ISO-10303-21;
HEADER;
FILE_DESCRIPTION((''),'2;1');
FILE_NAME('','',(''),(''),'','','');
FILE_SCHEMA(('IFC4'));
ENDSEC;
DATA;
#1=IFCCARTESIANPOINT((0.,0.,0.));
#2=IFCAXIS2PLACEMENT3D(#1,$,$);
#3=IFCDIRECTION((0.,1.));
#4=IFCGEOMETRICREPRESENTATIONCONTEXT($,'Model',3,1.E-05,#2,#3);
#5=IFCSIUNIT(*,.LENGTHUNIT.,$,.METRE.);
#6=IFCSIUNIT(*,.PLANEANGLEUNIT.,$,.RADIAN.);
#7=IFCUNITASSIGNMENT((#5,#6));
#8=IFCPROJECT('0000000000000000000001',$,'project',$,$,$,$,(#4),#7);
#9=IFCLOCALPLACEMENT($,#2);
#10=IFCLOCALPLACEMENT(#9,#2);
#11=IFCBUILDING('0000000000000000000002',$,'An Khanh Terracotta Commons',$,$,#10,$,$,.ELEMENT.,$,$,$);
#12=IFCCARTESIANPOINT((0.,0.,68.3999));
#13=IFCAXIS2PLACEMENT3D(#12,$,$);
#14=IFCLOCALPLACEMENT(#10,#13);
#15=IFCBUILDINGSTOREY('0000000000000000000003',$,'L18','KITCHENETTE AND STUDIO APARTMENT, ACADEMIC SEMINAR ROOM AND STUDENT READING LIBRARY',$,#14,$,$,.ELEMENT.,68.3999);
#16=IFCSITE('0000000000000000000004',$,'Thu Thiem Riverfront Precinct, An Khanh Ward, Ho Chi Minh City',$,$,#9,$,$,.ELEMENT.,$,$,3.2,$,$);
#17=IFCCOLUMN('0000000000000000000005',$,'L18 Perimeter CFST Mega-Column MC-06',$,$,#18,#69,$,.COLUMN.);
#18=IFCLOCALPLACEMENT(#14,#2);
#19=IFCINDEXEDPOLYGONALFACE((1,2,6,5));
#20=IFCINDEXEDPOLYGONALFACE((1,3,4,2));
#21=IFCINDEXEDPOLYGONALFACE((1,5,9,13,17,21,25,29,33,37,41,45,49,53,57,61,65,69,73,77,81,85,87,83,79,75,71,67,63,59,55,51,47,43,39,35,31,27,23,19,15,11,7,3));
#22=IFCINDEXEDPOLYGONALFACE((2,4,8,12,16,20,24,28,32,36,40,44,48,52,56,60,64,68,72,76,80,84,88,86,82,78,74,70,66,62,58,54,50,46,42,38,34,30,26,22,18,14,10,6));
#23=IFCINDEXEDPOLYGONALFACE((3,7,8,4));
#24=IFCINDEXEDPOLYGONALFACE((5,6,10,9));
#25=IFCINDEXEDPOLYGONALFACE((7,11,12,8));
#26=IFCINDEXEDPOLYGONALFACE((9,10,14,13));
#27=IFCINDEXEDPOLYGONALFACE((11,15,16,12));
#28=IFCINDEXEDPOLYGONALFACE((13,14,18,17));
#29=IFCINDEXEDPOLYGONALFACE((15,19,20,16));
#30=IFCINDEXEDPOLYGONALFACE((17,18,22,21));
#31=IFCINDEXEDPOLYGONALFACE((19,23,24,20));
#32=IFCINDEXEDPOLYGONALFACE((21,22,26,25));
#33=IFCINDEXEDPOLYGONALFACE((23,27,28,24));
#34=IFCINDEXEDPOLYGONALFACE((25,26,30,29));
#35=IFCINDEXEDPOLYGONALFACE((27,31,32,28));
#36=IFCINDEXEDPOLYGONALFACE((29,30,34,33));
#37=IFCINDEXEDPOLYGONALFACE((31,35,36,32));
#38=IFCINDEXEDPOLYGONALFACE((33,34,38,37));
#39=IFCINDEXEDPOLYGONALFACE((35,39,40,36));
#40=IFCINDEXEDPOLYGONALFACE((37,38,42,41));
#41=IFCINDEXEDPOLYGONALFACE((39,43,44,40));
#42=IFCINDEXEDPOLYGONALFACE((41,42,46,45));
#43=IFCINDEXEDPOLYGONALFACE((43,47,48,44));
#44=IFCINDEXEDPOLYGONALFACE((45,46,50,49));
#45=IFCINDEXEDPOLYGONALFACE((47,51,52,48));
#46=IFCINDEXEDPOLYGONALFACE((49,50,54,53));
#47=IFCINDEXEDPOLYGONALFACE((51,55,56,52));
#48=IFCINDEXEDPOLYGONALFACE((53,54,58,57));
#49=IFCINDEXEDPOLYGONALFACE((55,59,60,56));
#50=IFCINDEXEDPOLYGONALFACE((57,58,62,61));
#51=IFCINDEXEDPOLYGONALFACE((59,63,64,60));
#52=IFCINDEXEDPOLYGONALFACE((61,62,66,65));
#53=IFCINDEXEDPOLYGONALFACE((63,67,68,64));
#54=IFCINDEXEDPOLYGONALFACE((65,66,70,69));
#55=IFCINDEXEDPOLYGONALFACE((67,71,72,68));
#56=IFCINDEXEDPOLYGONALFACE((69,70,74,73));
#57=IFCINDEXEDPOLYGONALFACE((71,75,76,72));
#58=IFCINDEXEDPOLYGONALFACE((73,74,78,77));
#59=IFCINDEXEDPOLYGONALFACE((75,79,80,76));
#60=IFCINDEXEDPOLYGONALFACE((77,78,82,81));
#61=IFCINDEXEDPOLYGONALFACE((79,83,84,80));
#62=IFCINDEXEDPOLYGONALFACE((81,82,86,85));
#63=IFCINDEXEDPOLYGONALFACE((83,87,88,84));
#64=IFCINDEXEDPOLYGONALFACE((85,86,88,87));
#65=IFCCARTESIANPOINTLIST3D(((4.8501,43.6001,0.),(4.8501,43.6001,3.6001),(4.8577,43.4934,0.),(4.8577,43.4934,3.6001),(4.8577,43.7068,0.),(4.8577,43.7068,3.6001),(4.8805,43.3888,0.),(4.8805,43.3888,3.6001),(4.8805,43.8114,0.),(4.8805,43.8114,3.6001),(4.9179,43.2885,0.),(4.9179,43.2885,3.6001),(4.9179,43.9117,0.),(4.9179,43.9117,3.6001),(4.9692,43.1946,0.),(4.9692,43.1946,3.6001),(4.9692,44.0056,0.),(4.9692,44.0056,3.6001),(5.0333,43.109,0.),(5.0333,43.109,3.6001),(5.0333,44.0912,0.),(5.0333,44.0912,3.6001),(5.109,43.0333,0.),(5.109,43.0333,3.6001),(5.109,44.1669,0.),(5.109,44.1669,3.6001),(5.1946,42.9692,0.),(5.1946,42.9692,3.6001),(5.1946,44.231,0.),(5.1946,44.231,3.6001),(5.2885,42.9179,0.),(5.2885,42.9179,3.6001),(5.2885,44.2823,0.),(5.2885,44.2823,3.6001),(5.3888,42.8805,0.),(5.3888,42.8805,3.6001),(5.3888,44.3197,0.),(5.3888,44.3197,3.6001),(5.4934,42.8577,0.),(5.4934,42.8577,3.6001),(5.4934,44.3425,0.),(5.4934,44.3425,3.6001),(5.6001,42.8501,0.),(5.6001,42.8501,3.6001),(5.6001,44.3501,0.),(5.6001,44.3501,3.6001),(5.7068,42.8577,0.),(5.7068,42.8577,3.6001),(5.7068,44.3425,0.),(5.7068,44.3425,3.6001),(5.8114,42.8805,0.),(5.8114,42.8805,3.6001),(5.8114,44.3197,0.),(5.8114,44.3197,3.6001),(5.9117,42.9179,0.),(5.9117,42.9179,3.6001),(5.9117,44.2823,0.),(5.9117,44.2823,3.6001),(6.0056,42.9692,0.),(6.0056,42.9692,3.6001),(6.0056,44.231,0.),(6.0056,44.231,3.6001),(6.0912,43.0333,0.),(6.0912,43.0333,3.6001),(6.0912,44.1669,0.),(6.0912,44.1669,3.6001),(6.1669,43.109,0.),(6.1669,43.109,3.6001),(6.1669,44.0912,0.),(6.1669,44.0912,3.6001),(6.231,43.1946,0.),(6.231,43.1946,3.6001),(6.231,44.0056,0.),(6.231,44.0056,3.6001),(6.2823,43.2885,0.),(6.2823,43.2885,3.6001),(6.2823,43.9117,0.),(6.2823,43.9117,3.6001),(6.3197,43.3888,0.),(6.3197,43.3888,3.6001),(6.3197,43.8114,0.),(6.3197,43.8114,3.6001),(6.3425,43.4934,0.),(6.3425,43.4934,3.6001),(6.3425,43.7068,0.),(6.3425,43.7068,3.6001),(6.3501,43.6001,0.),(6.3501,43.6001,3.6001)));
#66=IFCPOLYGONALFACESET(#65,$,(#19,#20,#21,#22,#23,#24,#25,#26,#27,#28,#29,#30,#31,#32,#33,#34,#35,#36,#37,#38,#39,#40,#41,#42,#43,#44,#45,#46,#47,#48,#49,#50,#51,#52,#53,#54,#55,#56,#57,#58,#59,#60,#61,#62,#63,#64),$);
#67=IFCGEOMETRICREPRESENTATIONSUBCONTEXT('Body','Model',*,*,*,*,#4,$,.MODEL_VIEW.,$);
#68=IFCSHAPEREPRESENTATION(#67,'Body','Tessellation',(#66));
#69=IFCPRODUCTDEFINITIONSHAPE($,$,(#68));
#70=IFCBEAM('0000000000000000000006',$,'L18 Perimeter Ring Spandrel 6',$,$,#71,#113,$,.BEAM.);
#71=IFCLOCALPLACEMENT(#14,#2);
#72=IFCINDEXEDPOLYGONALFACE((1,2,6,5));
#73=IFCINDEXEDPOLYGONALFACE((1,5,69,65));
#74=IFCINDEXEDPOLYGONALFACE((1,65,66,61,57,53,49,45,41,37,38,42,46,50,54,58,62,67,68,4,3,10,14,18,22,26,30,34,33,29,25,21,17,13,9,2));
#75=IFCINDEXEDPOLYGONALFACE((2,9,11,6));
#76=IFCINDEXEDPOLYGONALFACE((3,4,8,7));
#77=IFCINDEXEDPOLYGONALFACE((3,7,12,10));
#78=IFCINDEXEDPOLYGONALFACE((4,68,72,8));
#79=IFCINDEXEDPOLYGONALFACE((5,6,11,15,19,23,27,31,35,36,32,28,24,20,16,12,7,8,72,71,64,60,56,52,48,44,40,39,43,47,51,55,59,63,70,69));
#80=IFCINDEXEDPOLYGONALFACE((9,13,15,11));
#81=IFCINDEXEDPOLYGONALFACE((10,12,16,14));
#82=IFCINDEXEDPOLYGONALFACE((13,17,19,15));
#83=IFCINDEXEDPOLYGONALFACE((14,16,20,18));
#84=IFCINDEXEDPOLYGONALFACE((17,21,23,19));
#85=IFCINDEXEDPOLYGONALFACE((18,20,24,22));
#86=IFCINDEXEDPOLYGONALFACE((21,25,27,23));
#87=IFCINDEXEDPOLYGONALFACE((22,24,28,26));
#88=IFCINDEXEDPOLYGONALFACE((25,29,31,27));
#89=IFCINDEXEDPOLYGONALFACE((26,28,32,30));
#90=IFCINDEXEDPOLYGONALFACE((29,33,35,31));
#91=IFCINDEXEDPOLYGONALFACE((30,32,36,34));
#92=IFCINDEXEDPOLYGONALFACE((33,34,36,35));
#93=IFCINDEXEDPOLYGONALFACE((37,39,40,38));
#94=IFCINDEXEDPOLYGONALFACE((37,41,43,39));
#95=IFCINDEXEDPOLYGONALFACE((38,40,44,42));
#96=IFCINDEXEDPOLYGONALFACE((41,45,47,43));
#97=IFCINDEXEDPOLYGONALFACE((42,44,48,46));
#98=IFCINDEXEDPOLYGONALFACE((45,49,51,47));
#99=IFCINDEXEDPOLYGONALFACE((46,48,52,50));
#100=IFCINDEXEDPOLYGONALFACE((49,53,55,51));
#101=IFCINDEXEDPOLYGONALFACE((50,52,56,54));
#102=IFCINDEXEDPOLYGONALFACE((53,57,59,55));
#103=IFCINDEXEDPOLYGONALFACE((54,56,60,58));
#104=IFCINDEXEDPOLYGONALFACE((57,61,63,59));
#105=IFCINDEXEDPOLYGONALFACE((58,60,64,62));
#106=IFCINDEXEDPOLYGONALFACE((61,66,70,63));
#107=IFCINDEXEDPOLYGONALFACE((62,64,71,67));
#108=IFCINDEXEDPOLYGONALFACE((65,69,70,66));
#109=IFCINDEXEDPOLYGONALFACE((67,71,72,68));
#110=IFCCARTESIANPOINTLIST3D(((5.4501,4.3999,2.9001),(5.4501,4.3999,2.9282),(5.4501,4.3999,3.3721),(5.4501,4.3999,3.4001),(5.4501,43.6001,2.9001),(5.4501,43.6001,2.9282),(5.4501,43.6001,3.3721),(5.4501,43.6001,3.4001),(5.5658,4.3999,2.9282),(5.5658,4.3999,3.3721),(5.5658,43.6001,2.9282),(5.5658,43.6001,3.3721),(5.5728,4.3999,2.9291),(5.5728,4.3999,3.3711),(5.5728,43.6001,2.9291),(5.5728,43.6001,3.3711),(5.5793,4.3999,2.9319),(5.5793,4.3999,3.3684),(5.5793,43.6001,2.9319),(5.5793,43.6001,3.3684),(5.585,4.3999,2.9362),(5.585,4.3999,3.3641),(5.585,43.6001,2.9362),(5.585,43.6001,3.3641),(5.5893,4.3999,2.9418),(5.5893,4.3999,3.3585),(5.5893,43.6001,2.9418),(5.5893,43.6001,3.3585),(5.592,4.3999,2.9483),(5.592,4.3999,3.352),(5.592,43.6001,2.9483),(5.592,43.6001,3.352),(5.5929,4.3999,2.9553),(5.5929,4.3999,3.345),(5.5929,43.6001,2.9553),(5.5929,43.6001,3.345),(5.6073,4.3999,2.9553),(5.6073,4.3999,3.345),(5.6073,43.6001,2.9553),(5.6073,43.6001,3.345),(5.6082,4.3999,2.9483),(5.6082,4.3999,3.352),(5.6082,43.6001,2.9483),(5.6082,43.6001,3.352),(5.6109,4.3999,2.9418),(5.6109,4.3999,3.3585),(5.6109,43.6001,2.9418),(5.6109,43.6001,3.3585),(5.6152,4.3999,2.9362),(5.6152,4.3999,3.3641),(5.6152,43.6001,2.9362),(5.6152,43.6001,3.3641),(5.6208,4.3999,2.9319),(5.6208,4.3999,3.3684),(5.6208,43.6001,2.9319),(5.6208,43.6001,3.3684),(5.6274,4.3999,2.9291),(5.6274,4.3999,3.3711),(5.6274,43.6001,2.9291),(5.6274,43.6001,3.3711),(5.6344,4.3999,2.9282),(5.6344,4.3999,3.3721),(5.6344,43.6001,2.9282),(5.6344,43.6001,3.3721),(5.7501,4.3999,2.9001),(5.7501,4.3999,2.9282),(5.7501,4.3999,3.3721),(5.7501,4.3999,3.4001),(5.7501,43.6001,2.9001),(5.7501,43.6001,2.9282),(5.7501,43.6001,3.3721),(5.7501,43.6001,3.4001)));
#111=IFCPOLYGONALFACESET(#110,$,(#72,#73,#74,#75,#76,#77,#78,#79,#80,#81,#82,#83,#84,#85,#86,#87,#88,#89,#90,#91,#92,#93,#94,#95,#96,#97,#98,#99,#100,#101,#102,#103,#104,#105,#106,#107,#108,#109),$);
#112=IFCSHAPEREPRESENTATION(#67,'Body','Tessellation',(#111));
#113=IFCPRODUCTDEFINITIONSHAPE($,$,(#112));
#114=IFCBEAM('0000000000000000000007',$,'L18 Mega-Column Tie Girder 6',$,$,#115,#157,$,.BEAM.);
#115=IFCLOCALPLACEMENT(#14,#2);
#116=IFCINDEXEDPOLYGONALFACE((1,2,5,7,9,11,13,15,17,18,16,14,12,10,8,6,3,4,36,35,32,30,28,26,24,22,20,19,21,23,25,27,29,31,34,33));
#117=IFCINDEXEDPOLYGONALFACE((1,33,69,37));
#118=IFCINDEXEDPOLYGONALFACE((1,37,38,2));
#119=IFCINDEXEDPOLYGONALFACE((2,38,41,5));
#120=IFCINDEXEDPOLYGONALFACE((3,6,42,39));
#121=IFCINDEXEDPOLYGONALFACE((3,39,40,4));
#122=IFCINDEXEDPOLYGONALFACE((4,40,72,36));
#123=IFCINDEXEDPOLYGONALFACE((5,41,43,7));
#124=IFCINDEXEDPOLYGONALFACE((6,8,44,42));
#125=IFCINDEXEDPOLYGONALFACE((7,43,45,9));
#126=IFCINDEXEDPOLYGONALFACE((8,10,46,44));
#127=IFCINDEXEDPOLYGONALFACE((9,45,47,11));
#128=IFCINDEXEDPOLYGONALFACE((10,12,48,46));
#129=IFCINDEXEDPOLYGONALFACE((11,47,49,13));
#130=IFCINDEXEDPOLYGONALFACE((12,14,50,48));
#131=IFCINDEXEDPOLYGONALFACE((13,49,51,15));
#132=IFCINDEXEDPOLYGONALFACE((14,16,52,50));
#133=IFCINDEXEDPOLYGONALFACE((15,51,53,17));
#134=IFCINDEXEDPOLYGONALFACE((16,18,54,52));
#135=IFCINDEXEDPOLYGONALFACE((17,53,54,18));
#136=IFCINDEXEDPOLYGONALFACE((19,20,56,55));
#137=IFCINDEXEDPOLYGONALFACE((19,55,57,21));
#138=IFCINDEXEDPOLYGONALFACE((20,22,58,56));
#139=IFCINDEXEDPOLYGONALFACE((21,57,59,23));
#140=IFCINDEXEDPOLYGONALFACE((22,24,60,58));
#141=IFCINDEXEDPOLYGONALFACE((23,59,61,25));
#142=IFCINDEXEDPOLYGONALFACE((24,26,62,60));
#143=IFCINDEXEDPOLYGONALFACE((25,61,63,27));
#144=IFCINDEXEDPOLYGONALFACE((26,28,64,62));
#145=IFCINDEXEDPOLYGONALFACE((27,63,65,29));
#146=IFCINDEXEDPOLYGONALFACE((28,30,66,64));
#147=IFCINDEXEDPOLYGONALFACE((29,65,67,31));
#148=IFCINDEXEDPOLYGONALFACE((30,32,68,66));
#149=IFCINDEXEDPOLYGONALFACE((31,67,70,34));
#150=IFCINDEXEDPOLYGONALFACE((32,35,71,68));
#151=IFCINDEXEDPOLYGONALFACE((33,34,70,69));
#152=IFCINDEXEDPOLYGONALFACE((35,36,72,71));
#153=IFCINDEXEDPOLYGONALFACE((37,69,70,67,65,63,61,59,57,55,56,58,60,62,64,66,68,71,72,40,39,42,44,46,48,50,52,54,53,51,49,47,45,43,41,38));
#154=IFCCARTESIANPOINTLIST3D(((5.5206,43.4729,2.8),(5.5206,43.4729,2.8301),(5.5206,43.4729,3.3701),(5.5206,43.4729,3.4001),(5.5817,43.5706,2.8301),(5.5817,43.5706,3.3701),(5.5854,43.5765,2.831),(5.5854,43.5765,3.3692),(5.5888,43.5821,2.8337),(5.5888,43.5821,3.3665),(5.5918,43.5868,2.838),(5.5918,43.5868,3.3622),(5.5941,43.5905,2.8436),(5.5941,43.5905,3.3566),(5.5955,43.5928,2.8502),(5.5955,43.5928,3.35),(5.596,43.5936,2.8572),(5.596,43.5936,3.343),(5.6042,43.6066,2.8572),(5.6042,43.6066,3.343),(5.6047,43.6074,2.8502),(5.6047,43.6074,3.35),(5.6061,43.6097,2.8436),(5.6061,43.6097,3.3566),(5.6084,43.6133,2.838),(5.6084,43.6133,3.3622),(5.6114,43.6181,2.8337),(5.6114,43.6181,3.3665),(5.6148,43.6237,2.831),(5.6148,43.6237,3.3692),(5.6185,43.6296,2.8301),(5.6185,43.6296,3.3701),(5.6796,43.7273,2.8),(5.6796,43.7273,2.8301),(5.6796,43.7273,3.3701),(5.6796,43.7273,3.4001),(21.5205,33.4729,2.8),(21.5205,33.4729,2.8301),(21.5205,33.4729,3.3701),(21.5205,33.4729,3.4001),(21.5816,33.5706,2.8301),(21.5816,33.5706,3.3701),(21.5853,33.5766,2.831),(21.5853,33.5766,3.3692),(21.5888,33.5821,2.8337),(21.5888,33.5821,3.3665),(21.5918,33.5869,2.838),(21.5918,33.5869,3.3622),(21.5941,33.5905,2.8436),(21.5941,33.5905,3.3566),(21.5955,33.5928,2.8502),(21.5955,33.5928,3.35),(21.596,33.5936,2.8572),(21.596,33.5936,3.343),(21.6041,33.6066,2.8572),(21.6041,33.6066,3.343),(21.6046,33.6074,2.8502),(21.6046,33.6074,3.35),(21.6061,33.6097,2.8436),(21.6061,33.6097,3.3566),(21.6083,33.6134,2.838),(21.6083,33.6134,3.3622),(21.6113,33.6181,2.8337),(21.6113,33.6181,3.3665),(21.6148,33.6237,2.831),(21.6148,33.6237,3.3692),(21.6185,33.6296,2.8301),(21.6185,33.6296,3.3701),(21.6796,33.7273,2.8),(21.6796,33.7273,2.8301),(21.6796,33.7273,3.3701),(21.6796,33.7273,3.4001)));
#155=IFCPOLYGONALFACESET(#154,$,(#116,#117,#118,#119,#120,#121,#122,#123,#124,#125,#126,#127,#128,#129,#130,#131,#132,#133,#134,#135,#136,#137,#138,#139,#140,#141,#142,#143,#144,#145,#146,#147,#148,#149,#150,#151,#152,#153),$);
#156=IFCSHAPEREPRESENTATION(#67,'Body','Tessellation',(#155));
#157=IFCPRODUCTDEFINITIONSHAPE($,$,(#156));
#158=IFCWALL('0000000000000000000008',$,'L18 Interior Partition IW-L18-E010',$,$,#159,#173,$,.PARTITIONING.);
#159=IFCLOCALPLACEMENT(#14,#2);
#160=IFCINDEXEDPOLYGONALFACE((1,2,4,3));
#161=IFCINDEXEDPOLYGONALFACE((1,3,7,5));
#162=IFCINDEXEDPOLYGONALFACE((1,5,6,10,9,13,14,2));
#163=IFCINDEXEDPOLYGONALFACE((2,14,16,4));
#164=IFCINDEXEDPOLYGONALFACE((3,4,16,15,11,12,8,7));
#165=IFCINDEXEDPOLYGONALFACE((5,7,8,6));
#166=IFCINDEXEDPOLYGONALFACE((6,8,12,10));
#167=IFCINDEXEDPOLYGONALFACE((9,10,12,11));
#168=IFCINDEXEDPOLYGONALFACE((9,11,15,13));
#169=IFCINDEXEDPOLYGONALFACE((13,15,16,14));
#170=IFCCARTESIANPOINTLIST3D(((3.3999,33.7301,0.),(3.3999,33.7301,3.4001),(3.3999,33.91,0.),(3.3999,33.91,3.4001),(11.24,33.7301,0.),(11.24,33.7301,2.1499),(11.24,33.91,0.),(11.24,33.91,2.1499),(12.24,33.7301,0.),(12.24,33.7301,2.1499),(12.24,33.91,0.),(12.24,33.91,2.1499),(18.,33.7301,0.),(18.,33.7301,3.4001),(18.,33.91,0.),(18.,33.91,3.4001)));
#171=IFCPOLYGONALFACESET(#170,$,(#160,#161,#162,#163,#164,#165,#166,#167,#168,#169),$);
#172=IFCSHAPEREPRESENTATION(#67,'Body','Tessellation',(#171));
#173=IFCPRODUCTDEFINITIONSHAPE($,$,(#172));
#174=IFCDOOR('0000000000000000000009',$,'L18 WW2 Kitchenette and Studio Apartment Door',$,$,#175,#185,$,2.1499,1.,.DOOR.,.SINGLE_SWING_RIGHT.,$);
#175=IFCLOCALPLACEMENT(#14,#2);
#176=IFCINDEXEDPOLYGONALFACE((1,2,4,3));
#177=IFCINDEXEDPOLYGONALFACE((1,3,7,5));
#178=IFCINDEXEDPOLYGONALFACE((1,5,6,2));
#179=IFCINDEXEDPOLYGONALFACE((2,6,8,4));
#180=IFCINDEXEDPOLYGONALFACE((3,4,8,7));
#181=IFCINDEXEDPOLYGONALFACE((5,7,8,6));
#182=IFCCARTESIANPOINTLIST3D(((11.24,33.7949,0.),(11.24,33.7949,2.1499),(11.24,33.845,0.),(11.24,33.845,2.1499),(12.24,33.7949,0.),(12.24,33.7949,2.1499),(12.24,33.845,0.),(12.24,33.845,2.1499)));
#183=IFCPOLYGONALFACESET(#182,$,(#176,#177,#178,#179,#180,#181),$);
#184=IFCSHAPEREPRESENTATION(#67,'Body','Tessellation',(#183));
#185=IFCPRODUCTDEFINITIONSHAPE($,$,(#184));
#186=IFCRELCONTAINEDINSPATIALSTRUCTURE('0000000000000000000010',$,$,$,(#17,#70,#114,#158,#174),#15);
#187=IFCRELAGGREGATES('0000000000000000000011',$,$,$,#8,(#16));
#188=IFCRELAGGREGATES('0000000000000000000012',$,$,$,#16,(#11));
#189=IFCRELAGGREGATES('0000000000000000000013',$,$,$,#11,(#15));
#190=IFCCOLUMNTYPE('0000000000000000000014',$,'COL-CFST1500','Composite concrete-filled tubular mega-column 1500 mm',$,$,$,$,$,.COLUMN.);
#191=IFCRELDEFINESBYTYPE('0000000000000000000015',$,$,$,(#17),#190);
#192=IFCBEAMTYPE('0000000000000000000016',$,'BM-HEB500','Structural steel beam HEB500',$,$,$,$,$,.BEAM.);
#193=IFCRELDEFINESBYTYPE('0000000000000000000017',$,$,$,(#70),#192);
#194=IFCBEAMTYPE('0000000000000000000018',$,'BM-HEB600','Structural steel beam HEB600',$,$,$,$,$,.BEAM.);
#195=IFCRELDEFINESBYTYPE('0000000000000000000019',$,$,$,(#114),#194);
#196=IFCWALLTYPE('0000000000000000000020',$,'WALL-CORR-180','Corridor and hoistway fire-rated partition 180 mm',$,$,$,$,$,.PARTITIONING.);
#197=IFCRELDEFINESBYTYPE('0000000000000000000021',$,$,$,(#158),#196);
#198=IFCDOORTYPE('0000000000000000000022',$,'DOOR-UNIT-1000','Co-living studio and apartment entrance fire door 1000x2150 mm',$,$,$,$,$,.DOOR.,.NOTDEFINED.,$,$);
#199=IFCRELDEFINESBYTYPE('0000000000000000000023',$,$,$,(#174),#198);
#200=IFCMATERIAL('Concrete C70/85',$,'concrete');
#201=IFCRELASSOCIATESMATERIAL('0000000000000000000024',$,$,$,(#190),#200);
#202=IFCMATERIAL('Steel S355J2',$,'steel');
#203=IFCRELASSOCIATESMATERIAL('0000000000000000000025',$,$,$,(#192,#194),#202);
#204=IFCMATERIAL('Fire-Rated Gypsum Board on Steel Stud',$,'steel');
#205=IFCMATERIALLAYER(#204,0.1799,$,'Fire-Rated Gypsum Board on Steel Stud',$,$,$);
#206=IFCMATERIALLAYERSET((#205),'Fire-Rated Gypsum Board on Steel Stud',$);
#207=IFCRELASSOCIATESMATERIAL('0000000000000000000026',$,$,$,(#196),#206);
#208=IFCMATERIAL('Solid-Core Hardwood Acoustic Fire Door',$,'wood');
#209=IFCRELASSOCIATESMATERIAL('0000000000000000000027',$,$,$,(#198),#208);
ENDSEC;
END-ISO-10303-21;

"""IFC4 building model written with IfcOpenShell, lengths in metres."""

from ifc_helpers import new_model, si_unit, direction, frame, frame_2d, origin, origin_2d, place, context, subcontext, project, spatial, rectangle, circle, i_section, extrude, material, layer, layer_set, material_profile, profile_set, type_object, element, fill, save


model = new_model("IFC4")

# Units and contexts
model_context = context("Model", 3, precision=1e-05, world=origin(), true_north=direction((0.0, 1.0)))
body_context = subcontext(model_context, "Body", "Model", "MODEL_VIEW")
ifc_project = project(units=[si_unit("LENGTHUNIT", "METRE"), si_unit("PLANEANGLEUNIT", "RADIAN")], contexts=[model_context])

# Site, building, storey
site_placement = place(None, origin())
site = spatial("IfcSite", under=ifc_project, at=site_placement, Name="Thu Thiem Riverfront Precinct, An Khanh Ward, Ho Chi Minh City", CompositionType="ELEMENT", RefElevation=3.2)
building_placement = place(site_placement, origin())
building = spatial("IfcBuilding", under=site, at=building_placement, Name="An Khanh Terracotta Commons", CompositionType="ELEMENT")
storey_placement = place(building_placement, frame((0.0, 0.0, 68.3999)))
storey = spatial("IfcBuildingStorey", under=building, at=storey_placement, Name="L18", Description="KITCHENETTE AND STUDIO APARTMENT, ACADEMIC SEMINAR ROOM AND STUDENT READING LIBRARY", CompositionType="ELEMENT", Elevation=68.3999)

# Column
ifc_material_1 = material(Name="Concrete C70/85", Category="concrete")
ifc_material_profile_1 = material_profile(ifc_material_1, circle(Radius=0.75, at=origin_2d()), Name="CFST1500")
ifc_profile_set_1 = profile_set([ifc_material_profile_1], Name="Concrete C70/85")
column_type = type_object("IfcColumnType", Name="COL-CFST1500", Description="Composite concrete-filled tubular mega-column 1500 mm", PredefinedType="COLUMN", material=ifc_profile_set_1)
column_placement = place(storey_placement, frame((5.6001, 43.6001, 0.0), z_axis=(0.0, 0.0, 1.0), x_axis=(1.0, 0.0, 0.0)))
element("IfcColumn", 1, at=column_placement, inside=storey, type_object=column_type, Name="L18 Perimeter CFST Mega-Column MC-06", PredefinedType="COLUMN", context=body_context, shape_type="SweptSolid", body=[
    extrude(circle(Radius=0.75, at=origin_2d()), origin(), (0.0, 0.0, 1.0), 3.6001),
])

# Beams
ifc_material_2 = material(Name="Steel S355J2", Category="steel")
ifc_material_profile_2 = material_profile(ifc_material_2, i_section(OverallWidth=0.3, OverallDepth=0.5, WebThickness=0.0144, FlangeThickness=0.0281, FilletRadius=0.0271, at=origin_2d()), Name="HEB500")
ifc_profile_set_2 = profile_set([ifc_material_profile_2], Name="Steel S355J2")
beam_type_1 = type_object("IfcBeamType", Name="BM-HEB500", Description="Structural steel beam HEB500", PredefinedType="BEAM", material=ifc_profile_set_2)
beam_1_placement = place(storey_placement, frame((5.6001, 43.6001, 3.1501), z_axis=(0.0, -1.0, 0.0), x_axis=(1.0, 0.0, 0.0)))
element("IfcBeam", 2, at=beam_1_placement, inside=storey, type_object=beam_type_1, Name="L18 Perimeter Ring Spandrel 6", PredefinedType="BEAM", context=body_context, shape_type="SweptSolid", body=[
    extrude(i_section(OverallWidth=0.3, OverallDepth=0.5, WebThickness=0.0144, FlangeThickness=0.0281, FilletRadius=0.0271, at=origin_2d()), origin(), (0.0, 0.0, 1.0), 39.2002),
])
ifc_material_profile_3 = material_profile(ifc_material_2, i_section(OverallWidth=0.3, OverallDepth=0.6001, WebThickness=0.0154, FlangeThickness=0.03, FilletRadius=0.0271, at=origin_2d()), Name="HEB600")
ifc_profile_set_3 = profile_set([ifc_material_profile_3], Name="Steel S355J2")
beam_type_2 = type_object("IfcBeamType", Name="BM-HEB600", Description="Structural steel beam HEB600", PredefinedType="BEAM", material=ifc_profile_set_3)
beam_2_placement = place(storey_placement, frame((5.6001, 43.6001, 3.1001), z_axis=(0.847998, -0.529999, 0.0), x_axis=(0.529999, 0.847998, 0.0)))
element("IfcBeam", 3, at=beam_2_placement, inside=storey, type_object=beam_type_2, Name="L18 Mega-Column Tie Girder 6", PredefinedType="BEAM", context=body_context, shape_type="SweptSolid", body=[
    extrude(i_section(OverallWidth=0.3, OverallDepth=0.6001, WebThickness=0.0154, FlangeThickness=0.03, FilletRadius=0.0271, at=origin_2d()), origin(), (0.0, 0.0, 1.0), 18.8679),
])

# Wall, opening, door
ifc_material_3 = material(Name="Fire-Rated Gypsum Board on Steel Stud", Category="steel")
ifc_layer_1 = layer(ifc_material_3, 0.1799, Name="Fire-Rated Gypsum Board on Steel Stud")
ifc_layer_set_1 = layer_set([ifc_layer_1], Name="Fire-Rated Gypsum Board on Steel Stud")
wall_type_1 = type_object("IfcWallType", Name="WALL-CORR-180", Description="Corridor and hoistway fire-rated partition 180 mm", PredefinedType="PARTITIONING", material=ifc_layer_set_1)
wall_1_placement = place(storey_placement, frame((3.3999, 33.8201, 0.0), z_axis=(0.0, 0.0, 1.0), x_axis=(1.0, 0.0, 0.0)))
wall_1 = element("IfcWall", 4, at=wall_1_placement, inside=storey, type_object=wall_type_1, Name="L18 Interior Partition IW-L18-E010", PredefinedType="PARTITIONING", context=body_context, shape_type="SweptSolid", body=[
    extrude(rectangle(XDim=14.6001, YDim=0.1799, at=frame_2d((7.3, 0.0))), origin(), (0.0, 0.0, 1.0), 3.4001),
])
opening_1_placement = place(wall_1_placement, frame((7.8401, 0.0, 0.0)))
opening_1 = element("IfcOpeningElement", 5, at=opening_1_placement, cuts=wall_1, PredefinedType="OPENING", context=body_context, shape_type="SweptSolid", body=[
    extrude(rectangle(XDim=1.0, YDim=2.1499, at=frame_2d((0.5, 1.075))), frame((0.0, 0.0999, 0.0), z_axis=(0.0, -1.0, 0.0), x_axis=(1.0, 0.0, 0.0)), (0.0, 0.0, 1.0), 0.2),
])
ifc_material_4 = material(Name="Solid-Core Hardwood Acoustic Fire Door", Category="wood")
door_type_1 = type_object("IfcDoorType", Name="DOOR-UNIT-1000", Description="Co-living studio and apartment entrance fire door 1000x2150 mm", OperationType="NOTDEFINED", PredefinedType="DOOR", material=ifc_material_4)
door_1_placement = place(opening_1_placement, origin())
door_1 = element("IfcDoor", 6, at=door_1_placement, inside=storey, type_object=door_type_1, Name="L18 WW2 Kitchenette and Studio Apartment Door", OperationType="SINGLE_SWING_RIGHT", OverallHeight=2.1499, OverallWidth=1.0, PredefinedType="DOOR", context=body_context, shape_type="SweptSolid", body=[
    extrude(rectangle(XDim=1.0, YDim=2.1499, at=frame_2d((0.5, 1.075))), frame((0.0, 0.0249, 0.0), z_axis=(0.0, -1.0, 0.0), x_axis=(1.0, 0.0, 0.0)), (0.0, 0.0, 1.0), 0.05),
])
fill(opening_1, door_1)

save(model, "model.ifc")
